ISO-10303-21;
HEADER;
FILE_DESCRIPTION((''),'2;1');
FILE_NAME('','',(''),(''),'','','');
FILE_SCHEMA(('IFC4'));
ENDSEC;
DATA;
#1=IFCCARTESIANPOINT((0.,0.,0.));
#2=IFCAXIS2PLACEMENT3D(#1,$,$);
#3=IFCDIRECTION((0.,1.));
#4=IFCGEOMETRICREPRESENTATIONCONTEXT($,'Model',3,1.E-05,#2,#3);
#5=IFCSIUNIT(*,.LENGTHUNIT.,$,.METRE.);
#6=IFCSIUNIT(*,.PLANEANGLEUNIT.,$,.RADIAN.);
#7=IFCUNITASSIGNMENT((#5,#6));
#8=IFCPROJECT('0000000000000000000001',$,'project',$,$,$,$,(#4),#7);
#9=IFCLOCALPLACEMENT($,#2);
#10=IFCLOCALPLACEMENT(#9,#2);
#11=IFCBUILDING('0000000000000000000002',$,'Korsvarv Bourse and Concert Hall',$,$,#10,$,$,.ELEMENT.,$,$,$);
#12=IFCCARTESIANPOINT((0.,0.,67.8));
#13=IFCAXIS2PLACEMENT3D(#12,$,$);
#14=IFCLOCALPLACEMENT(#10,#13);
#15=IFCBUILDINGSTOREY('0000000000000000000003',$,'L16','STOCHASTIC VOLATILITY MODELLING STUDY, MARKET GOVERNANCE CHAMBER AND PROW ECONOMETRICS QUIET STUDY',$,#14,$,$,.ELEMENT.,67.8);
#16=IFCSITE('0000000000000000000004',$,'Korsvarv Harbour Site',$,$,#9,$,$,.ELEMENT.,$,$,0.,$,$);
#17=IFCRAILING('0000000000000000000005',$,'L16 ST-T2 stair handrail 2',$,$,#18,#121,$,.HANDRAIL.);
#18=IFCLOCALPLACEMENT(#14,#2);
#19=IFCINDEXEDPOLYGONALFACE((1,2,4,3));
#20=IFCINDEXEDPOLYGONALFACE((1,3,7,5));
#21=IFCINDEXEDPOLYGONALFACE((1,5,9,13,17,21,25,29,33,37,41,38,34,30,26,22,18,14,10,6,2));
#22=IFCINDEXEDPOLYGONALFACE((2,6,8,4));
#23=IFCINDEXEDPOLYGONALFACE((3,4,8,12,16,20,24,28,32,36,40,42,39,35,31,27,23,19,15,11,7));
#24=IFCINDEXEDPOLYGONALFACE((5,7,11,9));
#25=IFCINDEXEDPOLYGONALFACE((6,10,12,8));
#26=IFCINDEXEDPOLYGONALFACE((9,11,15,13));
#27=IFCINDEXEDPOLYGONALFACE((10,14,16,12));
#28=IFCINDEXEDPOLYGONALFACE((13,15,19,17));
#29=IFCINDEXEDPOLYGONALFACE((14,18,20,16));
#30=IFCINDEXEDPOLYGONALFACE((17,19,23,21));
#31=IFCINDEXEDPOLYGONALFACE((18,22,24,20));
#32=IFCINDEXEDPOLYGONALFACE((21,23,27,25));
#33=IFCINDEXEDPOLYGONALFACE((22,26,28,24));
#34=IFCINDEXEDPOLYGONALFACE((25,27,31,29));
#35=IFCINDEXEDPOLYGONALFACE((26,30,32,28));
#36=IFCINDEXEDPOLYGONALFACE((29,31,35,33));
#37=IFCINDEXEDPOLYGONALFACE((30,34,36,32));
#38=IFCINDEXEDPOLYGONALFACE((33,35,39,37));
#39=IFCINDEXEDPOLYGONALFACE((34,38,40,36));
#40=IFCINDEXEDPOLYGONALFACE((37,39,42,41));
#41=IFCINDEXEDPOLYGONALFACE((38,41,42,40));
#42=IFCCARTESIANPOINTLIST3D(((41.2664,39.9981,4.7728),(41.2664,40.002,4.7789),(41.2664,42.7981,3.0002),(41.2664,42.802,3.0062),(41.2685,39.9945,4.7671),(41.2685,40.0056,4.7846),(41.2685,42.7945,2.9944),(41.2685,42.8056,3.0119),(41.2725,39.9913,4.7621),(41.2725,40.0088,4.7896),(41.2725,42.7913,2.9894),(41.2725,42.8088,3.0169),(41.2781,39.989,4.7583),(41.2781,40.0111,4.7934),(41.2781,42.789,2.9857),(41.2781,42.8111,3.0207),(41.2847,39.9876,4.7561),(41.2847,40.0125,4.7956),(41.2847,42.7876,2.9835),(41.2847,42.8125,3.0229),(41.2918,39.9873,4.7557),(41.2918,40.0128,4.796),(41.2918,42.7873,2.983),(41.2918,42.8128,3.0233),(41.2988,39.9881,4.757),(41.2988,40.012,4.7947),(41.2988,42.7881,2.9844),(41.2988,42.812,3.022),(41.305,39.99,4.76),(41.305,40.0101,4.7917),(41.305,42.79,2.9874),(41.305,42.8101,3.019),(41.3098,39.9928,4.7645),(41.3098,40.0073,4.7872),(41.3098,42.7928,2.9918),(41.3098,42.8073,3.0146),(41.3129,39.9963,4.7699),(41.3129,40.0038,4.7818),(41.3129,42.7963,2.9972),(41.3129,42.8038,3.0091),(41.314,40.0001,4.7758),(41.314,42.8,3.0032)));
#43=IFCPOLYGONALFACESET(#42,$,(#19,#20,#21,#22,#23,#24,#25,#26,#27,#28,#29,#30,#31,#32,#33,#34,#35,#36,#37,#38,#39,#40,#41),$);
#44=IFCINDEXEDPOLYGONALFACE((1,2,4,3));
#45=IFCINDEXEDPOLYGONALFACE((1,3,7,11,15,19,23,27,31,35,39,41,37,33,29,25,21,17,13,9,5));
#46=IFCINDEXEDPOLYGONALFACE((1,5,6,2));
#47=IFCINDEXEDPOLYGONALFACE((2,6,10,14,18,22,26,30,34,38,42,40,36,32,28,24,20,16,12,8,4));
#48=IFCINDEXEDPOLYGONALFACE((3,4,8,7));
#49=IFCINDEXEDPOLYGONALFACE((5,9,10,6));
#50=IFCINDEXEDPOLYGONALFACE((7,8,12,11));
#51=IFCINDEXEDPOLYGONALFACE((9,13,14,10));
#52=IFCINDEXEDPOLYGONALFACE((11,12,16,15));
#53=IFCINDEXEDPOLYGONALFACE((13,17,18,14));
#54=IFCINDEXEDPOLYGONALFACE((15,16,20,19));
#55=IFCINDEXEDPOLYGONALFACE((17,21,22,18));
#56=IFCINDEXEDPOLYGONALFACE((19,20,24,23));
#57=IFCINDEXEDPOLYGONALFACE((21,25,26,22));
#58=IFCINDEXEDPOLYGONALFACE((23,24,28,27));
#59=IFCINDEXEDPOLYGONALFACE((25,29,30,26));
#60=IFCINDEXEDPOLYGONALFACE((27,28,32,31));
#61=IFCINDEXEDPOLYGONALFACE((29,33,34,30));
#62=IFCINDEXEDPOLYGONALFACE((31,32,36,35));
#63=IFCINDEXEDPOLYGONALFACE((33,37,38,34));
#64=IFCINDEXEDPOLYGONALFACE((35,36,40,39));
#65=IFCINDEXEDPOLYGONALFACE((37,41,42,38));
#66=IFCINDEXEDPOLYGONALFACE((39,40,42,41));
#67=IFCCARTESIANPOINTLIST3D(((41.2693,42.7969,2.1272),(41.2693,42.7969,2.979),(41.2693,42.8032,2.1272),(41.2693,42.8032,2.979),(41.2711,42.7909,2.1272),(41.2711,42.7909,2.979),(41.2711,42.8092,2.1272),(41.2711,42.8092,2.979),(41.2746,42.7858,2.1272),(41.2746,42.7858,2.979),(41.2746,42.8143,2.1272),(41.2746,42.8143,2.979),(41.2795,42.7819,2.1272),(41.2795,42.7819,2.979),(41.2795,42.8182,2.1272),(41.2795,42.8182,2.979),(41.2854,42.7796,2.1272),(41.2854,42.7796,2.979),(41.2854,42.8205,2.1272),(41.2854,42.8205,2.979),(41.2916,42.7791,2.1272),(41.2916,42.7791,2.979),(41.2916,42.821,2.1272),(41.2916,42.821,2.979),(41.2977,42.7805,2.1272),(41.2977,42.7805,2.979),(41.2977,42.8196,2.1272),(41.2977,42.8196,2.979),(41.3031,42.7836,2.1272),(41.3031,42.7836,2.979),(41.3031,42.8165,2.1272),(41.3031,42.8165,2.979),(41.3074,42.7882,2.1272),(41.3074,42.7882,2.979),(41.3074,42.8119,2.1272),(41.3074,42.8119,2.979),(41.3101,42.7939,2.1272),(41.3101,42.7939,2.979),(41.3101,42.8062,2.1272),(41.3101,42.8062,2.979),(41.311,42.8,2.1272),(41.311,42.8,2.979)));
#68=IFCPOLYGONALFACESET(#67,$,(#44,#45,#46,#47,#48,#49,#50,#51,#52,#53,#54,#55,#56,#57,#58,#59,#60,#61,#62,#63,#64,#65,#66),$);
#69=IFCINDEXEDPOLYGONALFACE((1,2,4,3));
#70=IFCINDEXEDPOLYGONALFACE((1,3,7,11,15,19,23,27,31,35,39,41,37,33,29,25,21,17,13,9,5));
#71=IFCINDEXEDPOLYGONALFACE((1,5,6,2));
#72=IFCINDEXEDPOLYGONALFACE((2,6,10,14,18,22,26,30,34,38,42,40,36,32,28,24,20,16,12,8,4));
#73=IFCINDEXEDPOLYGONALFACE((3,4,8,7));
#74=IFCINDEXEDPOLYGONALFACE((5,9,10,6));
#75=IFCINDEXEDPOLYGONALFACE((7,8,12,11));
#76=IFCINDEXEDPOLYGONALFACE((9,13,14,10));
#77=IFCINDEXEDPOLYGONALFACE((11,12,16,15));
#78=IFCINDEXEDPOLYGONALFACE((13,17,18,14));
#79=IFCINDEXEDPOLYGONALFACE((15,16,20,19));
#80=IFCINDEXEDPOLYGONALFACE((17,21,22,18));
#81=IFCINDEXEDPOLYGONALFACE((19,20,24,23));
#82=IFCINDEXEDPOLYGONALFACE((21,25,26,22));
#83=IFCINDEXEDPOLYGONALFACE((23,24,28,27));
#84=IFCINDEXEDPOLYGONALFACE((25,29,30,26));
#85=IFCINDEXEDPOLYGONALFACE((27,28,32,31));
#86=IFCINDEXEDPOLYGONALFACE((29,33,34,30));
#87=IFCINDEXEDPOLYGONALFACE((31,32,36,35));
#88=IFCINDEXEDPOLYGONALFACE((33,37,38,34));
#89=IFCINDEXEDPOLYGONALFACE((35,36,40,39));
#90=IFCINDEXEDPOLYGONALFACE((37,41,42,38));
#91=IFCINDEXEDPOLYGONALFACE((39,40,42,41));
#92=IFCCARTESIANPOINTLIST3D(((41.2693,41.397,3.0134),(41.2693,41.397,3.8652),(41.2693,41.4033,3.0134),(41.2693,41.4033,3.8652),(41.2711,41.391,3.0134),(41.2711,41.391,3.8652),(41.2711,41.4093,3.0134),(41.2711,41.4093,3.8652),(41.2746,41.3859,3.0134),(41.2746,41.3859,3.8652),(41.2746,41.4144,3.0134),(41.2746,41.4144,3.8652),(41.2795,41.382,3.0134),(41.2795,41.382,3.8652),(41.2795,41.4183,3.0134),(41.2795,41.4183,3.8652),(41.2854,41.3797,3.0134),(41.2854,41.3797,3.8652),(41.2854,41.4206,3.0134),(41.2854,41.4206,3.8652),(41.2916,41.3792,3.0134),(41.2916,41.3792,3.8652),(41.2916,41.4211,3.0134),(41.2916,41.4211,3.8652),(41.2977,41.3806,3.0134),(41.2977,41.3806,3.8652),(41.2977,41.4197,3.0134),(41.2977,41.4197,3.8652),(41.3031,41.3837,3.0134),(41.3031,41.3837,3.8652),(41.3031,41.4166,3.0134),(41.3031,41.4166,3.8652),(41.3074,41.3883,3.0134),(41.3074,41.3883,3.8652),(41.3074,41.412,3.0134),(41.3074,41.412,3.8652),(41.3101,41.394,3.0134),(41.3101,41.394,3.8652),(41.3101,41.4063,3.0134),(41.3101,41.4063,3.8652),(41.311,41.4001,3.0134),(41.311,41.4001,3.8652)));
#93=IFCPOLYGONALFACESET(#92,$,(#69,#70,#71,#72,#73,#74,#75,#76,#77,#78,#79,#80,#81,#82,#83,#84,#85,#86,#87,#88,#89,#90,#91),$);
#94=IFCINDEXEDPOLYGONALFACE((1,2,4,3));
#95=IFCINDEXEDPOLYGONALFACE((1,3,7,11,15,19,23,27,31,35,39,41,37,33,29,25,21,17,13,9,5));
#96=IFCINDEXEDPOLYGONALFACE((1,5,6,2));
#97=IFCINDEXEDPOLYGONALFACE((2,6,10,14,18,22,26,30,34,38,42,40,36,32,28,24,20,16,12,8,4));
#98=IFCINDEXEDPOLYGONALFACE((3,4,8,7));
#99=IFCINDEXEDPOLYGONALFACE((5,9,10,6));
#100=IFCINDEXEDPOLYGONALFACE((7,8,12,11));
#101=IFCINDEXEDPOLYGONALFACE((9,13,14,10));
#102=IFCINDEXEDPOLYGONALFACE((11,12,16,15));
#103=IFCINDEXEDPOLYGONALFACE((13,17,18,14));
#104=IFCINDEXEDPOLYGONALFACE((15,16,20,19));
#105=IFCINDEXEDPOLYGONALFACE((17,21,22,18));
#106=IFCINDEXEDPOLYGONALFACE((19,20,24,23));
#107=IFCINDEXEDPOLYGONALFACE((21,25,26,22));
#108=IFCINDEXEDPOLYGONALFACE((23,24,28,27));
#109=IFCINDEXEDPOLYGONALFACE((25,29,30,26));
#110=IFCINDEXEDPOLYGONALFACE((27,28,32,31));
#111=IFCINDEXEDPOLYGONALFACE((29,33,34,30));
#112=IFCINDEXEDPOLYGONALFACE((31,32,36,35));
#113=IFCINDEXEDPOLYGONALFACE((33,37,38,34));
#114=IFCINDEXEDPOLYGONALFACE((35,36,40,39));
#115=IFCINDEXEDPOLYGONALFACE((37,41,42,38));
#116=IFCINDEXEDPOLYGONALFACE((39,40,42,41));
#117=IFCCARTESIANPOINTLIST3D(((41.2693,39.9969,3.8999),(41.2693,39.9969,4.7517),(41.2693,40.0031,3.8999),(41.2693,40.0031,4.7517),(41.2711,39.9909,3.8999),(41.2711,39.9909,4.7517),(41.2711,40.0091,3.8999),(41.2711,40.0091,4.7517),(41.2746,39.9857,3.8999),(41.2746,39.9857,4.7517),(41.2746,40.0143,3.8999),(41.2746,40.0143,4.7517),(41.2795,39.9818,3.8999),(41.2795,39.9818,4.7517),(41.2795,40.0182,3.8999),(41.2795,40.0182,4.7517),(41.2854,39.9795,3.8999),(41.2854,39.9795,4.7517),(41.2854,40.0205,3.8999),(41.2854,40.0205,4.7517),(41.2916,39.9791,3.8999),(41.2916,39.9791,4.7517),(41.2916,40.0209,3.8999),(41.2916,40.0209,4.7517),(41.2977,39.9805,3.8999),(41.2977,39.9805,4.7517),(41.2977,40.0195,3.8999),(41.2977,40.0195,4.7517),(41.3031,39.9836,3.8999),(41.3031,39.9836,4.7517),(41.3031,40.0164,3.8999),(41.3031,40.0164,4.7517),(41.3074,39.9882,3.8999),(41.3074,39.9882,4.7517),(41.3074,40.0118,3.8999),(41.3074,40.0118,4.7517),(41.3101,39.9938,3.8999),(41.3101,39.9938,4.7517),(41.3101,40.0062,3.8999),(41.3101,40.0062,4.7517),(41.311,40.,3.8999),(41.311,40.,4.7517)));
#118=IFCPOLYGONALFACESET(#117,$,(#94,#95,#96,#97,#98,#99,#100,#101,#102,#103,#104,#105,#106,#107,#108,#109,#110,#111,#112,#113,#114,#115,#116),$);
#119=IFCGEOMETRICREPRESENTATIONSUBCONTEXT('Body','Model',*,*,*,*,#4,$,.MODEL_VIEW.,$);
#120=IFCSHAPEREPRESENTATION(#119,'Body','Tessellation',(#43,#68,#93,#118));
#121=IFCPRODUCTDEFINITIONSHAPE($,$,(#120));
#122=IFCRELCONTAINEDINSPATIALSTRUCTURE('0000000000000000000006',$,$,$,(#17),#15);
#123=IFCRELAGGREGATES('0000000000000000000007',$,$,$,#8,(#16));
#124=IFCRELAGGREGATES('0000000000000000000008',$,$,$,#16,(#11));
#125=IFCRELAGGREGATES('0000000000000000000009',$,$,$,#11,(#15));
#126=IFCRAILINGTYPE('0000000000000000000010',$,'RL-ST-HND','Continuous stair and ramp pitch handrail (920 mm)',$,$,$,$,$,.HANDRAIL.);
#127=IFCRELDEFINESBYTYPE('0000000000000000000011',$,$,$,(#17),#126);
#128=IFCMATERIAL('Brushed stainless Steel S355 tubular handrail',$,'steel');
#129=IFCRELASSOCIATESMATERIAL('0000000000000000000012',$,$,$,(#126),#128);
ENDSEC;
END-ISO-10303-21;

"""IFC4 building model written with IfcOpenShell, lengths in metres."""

from ifc_helpers import new_model, si_unit, direction, frame, origin, origin_2d, place, context, subcontext, project, spatial, circle, extrude, material, type_object, element, save


model = new_model("IFC4")

# Units and contexts
model_context = context("Model", 3, precision=1e-05, world=origin(), true_north=direction((0.0, 1.0)))
body_context = subcontext(model_context, "Body", "Model", "MODEL_VIEW")
ifc_project = project(units=[si_unit("LENGTHUNIT", "METRE"), si_unit("PLANEANGLEUNIT", "RADIAN")], contexts=[model_context])

# Site, building, storey
site_placement = place(None, origin())
site = spatial("IfcSite", under=ifc_project, at=site_placement, Name="Korsvarv Harbour Site", CompositionType="ELEMENT", RefElevation=0.0)
building_placement = place(site_placement, origin())
building = spatial("IfcBuilding", under=site, at=building_placement, Name="Korsvarv Bourse and Concert Hall", CompositionType="ELEMENT")
storey_placement = place(building_placement, frame((0.0, 0.0, 67.8)))
storey = spatial("IfcBuildingStorey", under=building, at=storey_placement, Name="L16", Description="STOCHASTIC VOLATILITY MODELLING STUDY, MARKET GOVERNANCE CHAMBER AND PROW ECONOMETRICS QUIET STUDY", CompositionType="ELEMENT", Elevation=67.8)

# Railing
ifc_material_1 = material(Name="Brushed stainless Steel S355 tubular handrail", Category="steel")
railing_type_1 = type_object("IfcRailingType", Name="RL-ST-HND", Description="Continuous stair and ramp pitch handrail (920 mm)", PredefinedType="HANDRAIL", material=ifc_material_1)
railing_1_placement = place(storey_placement, frame((41.29, 42.8, 2.1272)))
element("IfcRailing", 1, at=railing_1_placement, inside=storey, type_object=railing_type_1, Name="L16 ST-T2 stair handrail 2", PredefinedType="HANDRAIL", context=body_context, shape_type="SweptSolid", body=[
    extrude(circle(Radius=0.0239, at=origin_2d()), frame((0.0, 0.0, 0.876), z_axis=(0.0, -0.844909, 0.53491), x_axis=(1.0, 0.0, 0.0)), (0.0, 0.0, 1.0), 3.314),
    extrude(circle(Radius=0.021, at=origin_2d()), origin(), (0.0, 0.0, 1.0), 0.8518),
    extrude(circle(Radius=0.021, at=origin_2d()), frame((0.0, -1.3999, 0.8862)), (0.0, 0.0, 1.0), 0.8518),
    extrude(circle(Radius=0.021, at=origin_2d()), frame((0.0, -2.8, 1.7727)), (0.0, 0.0, 1.0), 0.8518),
])

save(model, "model.ifc")
